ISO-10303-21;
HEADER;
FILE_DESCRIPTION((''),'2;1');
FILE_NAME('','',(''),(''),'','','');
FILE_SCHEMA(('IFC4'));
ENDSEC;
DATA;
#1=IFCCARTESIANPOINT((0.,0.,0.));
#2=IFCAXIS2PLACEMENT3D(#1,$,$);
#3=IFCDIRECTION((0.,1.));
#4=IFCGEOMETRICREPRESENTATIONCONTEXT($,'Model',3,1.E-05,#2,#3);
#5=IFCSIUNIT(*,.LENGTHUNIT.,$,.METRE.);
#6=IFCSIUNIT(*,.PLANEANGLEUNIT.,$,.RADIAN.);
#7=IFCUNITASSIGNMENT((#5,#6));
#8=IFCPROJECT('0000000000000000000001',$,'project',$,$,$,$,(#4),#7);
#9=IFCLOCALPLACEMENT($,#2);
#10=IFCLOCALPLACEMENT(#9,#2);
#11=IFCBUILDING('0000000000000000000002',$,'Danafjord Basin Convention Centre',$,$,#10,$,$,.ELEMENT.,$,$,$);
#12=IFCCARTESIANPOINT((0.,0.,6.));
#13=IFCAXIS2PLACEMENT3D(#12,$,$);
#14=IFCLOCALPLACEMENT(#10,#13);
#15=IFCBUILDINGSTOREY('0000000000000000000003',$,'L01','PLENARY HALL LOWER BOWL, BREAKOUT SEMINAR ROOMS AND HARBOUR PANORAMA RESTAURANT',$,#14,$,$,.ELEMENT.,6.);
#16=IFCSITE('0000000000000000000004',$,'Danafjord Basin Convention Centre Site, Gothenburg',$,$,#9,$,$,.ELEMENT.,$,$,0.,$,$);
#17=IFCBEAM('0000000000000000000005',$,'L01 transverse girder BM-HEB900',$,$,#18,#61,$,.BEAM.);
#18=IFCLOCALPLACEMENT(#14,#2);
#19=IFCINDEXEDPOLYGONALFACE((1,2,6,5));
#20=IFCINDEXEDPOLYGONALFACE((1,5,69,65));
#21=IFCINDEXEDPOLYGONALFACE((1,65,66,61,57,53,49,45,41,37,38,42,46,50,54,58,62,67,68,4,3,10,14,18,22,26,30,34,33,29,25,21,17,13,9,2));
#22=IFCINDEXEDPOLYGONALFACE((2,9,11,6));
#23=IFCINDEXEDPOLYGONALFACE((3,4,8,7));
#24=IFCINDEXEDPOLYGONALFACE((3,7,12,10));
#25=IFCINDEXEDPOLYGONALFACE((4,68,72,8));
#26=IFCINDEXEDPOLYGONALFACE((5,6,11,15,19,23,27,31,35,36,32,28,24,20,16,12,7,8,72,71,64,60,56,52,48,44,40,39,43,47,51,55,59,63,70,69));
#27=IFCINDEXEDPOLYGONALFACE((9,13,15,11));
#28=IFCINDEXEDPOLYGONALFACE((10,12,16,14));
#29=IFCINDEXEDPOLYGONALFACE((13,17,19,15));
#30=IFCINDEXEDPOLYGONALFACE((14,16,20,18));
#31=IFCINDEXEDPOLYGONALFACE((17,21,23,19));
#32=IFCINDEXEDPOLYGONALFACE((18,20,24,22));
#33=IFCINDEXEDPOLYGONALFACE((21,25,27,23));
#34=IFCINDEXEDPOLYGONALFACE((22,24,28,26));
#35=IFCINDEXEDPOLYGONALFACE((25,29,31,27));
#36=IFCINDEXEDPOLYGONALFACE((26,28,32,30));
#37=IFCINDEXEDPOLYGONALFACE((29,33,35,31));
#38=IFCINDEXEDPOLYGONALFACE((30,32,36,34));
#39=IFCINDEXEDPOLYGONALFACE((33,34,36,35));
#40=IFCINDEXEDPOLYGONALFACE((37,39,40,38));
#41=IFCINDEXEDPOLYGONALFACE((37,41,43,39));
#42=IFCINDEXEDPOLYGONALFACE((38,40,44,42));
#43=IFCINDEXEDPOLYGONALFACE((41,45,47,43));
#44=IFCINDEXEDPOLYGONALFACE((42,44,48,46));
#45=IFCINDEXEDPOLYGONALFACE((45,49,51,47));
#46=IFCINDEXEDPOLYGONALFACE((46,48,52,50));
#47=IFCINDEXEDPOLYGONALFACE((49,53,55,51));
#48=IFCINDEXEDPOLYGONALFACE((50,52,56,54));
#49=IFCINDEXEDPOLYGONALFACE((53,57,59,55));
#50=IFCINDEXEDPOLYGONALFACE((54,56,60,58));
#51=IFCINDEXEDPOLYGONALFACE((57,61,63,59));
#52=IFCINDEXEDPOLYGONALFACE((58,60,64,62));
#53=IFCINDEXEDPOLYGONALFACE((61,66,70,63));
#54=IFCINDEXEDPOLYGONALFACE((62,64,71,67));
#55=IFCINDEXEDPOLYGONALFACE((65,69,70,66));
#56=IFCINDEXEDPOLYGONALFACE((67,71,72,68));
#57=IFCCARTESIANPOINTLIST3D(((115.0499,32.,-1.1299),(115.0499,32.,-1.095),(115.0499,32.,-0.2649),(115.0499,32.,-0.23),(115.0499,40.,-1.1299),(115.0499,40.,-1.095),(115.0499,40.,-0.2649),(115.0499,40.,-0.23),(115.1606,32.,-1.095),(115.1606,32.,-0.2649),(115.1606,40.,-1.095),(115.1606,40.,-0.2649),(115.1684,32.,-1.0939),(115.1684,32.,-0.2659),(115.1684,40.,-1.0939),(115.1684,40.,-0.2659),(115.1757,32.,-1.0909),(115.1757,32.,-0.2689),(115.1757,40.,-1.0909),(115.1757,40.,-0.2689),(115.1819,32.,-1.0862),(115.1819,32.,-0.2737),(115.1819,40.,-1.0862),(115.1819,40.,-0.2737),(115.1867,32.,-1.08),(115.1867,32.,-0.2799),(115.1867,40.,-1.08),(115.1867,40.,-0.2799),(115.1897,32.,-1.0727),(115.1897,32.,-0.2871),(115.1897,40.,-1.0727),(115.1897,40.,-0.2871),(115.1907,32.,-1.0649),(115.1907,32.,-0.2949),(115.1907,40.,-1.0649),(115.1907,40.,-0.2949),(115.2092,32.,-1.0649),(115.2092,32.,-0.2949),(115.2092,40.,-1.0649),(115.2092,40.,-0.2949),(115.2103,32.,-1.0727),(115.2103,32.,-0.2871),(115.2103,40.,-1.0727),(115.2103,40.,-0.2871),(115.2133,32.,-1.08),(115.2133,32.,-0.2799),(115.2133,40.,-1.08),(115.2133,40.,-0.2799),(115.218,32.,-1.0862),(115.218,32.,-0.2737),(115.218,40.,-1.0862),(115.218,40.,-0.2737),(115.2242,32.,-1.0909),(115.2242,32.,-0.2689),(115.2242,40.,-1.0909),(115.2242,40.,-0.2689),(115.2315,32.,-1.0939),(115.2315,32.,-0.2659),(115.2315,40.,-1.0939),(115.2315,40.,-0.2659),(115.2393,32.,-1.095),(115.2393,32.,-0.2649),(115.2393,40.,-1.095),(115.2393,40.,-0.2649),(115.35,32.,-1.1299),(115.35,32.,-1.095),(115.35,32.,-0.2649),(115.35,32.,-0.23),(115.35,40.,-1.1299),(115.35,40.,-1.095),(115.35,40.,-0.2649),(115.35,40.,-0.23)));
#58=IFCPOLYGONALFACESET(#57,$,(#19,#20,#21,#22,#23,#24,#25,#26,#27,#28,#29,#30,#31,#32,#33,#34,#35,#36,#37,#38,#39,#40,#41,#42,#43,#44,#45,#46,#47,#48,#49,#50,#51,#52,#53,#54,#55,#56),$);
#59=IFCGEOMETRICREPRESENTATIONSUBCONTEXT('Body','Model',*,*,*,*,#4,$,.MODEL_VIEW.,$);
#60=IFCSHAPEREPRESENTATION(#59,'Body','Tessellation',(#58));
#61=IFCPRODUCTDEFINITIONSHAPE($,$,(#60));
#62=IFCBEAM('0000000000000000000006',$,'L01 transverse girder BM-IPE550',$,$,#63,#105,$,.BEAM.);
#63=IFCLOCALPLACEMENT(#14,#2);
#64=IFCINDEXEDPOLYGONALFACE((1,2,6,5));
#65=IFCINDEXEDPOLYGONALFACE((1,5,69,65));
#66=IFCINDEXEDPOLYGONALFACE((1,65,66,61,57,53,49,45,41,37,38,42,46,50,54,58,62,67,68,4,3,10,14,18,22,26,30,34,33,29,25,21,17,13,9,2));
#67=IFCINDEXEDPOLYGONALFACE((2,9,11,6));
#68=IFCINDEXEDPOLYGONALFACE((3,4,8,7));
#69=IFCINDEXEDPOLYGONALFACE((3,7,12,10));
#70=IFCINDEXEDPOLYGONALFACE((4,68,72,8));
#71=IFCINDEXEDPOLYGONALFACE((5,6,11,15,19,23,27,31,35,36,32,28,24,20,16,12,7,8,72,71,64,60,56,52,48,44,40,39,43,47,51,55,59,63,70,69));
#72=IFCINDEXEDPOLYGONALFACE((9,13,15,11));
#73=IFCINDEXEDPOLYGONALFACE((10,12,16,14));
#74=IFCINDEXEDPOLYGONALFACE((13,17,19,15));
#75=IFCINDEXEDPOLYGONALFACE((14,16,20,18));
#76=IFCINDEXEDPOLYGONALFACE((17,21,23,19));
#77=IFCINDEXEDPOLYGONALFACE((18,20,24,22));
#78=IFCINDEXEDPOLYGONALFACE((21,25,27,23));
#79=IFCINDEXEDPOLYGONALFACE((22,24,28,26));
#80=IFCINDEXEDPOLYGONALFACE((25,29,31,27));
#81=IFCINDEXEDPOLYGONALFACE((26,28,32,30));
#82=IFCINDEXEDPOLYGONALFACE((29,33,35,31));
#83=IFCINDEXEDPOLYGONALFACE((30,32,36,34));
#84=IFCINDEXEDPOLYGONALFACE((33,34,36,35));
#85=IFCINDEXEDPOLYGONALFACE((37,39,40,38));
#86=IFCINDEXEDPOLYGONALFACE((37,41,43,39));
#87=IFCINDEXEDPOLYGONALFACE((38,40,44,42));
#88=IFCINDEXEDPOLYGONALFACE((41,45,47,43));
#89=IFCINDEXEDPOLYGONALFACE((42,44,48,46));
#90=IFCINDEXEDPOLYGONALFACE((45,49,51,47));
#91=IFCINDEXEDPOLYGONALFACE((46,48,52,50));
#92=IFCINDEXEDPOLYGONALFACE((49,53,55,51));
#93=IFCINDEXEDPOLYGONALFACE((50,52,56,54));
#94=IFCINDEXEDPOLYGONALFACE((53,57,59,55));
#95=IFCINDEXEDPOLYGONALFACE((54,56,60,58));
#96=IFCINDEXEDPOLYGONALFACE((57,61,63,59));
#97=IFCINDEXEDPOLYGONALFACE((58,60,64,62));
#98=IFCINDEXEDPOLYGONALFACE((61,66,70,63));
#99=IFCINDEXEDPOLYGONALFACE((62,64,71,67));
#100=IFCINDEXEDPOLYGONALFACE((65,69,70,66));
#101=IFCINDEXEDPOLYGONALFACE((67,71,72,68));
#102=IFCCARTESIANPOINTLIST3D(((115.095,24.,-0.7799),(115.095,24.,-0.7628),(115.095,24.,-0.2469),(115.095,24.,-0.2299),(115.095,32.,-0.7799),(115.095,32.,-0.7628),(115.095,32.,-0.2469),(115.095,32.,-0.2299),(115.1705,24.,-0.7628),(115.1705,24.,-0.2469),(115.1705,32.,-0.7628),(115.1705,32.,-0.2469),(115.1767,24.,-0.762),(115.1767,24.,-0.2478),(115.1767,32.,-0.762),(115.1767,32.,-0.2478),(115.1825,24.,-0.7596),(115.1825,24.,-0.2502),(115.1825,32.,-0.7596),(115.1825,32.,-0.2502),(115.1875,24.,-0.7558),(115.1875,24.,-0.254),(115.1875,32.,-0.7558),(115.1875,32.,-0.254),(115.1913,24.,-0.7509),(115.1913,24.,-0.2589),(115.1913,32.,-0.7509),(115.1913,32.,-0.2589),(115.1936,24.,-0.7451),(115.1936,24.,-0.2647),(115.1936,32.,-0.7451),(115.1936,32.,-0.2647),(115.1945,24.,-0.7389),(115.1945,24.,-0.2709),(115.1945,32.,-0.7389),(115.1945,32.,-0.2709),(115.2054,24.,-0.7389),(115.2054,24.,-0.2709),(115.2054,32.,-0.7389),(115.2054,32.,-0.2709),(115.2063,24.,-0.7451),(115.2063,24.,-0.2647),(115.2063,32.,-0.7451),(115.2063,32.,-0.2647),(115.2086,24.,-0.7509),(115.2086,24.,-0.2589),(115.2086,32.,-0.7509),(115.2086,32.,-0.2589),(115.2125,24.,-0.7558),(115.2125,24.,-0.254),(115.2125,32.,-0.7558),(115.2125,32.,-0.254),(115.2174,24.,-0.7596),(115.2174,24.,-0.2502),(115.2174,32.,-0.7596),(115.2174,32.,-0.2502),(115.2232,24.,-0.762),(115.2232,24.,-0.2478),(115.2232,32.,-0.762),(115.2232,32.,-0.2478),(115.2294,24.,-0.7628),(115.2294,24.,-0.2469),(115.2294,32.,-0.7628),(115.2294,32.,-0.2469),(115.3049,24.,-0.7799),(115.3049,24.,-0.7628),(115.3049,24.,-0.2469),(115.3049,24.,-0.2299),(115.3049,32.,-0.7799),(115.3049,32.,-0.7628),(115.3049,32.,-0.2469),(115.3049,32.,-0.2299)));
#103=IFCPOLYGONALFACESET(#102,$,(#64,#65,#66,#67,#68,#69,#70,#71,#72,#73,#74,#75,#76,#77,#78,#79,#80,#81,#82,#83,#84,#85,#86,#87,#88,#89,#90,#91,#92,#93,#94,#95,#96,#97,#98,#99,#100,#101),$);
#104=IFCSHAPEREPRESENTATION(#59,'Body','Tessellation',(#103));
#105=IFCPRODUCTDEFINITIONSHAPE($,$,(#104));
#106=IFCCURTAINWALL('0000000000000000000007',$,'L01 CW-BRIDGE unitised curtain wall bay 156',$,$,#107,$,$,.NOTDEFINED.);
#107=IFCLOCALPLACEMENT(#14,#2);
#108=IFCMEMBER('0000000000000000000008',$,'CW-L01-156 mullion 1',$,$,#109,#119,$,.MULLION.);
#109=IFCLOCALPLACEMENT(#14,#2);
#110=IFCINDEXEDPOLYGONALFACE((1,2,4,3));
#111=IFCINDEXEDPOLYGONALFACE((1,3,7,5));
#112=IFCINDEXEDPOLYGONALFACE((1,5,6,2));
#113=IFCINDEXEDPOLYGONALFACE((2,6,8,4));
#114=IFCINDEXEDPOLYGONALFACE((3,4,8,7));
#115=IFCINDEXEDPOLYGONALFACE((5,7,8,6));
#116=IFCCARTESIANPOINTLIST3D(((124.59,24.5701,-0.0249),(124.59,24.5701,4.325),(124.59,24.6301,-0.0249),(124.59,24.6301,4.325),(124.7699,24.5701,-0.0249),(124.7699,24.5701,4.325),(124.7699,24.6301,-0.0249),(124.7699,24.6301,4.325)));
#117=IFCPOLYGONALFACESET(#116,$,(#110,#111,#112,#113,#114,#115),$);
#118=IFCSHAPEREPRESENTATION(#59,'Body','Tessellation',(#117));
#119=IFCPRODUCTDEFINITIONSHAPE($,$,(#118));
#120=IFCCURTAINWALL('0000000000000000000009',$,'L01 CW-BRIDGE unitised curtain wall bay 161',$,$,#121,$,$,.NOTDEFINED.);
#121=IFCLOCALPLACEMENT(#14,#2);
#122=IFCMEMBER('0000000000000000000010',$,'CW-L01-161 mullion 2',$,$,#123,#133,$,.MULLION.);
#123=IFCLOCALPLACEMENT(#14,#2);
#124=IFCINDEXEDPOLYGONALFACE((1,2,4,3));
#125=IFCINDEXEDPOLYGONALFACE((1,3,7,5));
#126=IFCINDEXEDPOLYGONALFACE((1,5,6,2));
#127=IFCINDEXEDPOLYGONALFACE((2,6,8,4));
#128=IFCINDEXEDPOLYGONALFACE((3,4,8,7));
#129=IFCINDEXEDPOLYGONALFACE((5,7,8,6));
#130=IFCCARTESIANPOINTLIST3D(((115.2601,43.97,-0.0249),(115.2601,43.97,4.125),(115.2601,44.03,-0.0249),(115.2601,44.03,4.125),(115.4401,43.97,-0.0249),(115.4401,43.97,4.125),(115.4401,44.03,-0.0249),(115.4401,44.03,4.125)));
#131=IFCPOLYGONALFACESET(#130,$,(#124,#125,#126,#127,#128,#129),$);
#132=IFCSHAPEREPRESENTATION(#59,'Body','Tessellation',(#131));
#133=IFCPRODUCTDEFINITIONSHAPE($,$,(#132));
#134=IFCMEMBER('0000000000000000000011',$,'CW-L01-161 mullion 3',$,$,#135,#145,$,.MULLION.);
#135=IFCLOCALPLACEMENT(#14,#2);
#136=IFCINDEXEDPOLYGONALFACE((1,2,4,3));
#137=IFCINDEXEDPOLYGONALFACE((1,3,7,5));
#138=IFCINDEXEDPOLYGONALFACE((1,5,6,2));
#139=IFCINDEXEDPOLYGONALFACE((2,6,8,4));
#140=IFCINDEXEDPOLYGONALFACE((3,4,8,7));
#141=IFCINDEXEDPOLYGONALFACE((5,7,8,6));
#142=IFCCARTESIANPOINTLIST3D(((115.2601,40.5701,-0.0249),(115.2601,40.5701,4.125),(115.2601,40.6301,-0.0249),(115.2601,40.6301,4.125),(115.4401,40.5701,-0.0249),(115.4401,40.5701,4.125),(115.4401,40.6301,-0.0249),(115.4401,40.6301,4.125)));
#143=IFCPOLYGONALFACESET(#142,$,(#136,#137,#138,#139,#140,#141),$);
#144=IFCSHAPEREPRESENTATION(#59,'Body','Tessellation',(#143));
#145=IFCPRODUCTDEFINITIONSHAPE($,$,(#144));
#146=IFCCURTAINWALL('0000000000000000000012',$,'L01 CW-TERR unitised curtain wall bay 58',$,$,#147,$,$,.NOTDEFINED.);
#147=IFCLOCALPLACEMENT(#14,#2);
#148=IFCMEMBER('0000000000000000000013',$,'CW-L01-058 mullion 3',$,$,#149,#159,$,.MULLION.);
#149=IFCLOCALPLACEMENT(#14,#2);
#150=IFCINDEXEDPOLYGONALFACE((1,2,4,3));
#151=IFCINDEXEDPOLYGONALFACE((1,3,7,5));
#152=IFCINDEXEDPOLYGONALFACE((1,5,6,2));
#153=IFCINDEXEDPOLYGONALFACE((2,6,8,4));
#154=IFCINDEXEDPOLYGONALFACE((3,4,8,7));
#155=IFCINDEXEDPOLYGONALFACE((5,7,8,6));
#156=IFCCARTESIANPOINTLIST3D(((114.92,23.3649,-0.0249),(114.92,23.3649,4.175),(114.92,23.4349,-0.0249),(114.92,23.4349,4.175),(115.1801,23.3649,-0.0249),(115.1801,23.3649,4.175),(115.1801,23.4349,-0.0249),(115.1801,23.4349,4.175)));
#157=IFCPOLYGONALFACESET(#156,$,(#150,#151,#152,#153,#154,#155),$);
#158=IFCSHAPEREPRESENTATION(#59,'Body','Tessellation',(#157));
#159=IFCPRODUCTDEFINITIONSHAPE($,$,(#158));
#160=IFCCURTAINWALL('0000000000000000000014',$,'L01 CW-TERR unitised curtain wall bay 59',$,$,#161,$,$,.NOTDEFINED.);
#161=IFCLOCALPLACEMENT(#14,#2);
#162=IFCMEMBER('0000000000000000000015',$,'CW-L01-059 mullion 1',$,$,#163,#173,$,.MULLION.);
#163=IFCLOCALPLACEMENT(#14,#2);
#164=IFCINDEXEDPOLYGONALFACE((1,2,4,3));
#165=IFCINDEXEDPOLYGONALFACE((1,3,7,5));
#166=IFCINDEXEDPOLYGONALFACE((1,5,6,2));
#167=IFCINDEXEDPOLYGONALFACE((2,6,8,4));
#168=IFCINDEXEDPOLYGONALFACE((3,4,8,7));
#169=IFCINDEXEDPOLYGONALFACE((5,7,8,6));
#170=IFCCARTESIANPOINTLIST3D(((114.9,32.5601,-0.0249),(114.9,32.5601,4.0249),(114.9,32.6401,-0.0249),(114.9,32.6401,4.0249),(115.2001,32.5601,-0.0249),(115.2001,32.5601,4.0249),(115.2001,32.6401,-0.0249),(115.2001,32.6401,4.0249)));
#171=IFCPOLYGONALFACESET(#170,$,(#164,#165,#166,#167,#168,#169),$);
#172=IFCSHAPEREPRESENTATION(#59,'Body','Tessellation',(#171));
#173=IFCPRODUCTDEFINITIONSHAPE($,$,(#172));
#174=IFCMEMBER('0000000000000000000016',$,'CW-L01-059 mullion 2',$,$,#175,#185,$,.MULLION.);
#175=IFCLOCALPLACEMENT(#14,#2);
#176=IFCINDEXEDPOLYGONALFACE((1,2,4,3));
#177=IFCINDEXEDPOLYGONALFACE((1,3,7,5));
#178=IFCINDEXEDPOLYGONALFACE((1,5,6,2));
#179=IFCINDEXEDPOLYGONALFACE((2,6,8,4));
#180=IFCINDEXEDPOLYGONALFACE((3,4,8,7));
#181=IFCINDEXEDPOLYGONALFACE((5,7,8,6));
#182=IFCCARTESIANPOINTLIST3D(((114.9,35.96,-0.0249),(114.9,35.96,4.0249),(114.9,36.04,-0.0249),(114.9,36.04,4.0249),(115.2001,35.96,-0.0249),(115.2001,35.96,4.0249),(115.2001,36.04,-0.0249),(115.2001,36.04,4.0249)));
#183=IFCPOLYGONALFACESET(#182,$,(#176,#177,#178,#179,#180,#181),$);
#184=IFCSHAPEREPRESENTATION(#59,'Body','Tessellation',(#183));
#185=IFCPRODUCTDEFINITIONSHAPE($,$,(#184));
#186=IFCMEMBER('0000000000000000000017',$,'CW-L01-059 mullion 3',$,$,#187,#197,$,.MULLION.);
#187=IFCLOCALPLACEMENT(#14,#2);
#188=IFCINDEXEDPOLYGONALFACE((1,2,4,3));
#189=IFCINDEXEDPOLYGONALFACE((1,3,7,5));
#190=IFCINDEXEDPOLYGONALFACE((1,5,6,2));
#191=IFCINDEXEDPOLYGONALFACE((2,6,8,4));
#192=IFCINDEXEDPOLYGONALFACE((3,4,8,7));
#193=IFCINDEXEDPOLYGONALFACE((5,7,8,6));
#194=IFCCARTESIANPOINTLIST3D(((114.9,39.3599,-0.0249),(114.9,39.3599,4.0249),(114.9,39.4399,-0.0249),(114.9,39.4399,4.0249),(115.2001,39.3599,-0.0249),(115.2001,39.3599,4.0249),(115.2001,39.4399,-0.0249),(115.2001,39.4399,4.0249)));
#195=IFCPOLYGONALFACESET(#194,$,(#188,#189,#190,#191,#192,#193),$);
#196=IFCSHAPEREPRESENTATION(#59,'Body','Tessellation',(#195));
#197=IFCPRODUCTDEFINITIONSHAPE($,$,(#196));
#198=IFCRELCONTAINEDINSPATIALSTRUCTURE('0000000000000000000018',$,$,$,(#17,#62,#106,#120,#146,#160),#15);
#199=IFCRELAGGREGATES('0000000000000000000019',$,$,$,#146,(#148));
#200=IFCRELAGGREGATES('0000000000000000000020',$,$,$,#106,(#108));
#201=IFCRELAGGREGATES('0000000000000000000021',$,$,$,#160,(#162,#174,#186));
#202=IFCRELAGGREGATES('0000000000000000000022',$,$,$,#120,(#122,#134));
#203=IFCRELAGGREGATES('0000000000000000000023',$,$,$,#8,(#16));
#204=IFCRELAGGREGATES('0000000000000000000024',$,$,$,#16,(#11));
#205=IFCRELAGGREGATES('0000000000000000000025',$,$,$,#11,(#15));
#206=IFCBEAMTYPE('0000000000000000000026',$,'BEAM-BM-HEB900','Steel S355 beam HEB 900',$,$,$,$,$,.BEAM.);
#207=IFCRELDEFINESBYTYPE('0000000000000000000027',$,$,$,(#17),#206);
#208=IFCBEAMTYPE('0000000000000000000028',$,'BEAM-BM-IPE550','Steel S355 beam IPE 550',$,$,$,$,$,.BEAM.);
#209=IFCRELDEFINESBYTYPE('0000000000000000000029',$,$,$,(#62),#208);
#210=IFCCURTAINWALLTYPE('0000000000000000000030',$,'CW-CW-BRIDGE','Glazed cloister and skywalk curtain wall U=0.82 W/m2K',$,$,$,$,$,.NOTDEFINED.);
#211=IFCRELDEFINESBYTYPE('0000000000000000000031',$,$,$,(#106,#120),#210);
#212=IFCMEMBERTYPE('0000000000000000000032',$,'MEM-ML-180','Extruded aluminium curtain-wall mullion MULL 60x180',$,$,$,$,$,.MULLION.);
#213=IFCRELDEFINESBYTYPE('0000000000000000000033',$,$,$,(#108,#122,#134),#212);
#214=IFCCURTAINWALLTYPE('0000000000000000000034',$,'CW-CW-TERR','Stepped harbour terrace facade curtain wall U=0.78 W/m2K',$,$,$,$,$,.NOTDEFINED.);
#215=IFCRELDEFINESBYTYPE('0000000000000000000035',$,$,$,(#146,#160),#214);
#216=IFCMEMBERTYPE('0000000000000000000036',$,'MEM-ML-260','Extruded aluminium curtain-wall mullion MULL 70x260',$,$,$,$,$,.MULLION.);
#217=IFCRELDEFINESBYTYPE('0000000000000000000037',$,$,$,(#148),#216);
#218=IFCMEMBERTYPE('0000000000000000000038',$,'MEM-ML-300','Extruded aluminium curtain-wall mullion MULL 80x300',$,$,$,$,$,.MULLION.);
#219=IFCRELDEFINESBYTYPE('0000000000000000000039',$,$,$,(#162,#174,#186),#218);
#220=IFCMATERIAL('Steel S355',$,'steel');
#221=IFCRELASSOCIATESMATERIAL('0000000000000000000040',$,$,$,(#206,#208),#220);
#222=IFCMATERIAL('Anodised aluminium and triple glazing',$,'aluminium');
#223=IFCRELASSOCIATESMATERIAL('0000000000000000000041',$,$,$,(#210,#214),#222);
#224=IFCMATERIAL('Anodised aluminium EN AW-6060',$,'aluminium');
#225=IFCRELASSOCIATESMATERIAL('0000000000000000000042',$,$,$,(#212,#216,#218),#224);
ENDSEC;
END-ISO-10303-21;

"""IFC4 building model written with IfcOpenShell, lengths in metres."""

from ifc_helpers import new_model, si_unit, direction, frame, origin, origin_2d, place, context, subcontext, project, spatial, rectangle, i_section, extrude, material, material_profile, profile_set, type_object, element, aggregate, save


model = new_model("IFC4")

# Units and contexts
model_context = context("Model", 3, precision=1e-05, world=origin(), true_north=direction((0.0, 1.0)))
body_context = subcontext(model_context, "Body", "Model", "MODEL_VIEW")
ifc_project = project(units=[si_unit("LENGTHUNIT", "METRE"), si_unit("PLANEANGLEUNIT", "RADIAN")], contexts=[model_context])

# Site, building, storey
site_placement = place(None, origin())
site = spatial("IfcSite", under=ifc_project, at=site_placement, Name="Danafjord Basin Convention Centre Site, Gothenburg", CompositionType="ELEMENT", RefElevation=0.0)
building_placement = place(site_placement, origin())
building = spatial("IfcBuilding", under=site, at=building_placement, Name="Danafjord Basin Convention Centre", CompositionType="ELEMENT")
storey_placement = place(building_placement, frame((0.0, 0.0, 6.0)))
storey = spatial("IfcBuildingStorey", under=building, at=storey_placement, Name="L01", Description="PLENARY HALL LOWER BOWL, BREAKOUT SEMINAR ROOMS AND HARBOUR PANORAMA RESTAURANT", CompositionType="ELEMENT", Elevation=6.0)

# Shared definitions
ifc_material_1 = material(Name="Steel S355", Category="steel")

# Beams
ifc_material_profile_1 = material_profile(ifc_material_1, i_section(OverallWidth=0.3, OverallDepth=0.8999, WebThickness=0.0186, FlangeThickness=0.0349, FilletRadius=0.03, at=origin_2d()), Name="HEB 900")
ifc_profile_set_1 = profile_set([ifc_material_profile_1], Name="Steel S355")
beam_type_1 = type_object("IfcBeamType", Name="BEAM-BM-HEB900", Description="Steel S355 beam HEB 900", PredefinedType="BEAM", material=ifc_profile_set_1)
beam_1_placement = place(storey_placement, frame((115.2, 32.0, -0.6799), z_axis=(0.0, 1.0, 0.0), x_axis=(-1.0, 0.0, 0.0)))
element("IfcBeam", 1, at=beam_1_placement, inside=storey, type_object=beam_type_1, Name="L01 transverse girder BM-HEB900", PredefinedType="BEAM", context=body_context, shape_type="SweptSolid", body=[
    extrude(i_section(OverallWidth=0.3, OverallDepth=0.8999, WebThickness=0.0186, FlangeThickness=0.0349, FilletRadius=0.03, at=origin_2d()), origin(), (0.0, 0.0, 1.0), 8.0),
])
ifc_material_profile_2 = material_profile(ifc_material_1, i_section(OverallWidth=0.21, OverallDepth=0.55, WebThickness=0.011, FlangeThickness=0.0171, FilletRadius=0.0239, at=origin_2d()), Name="IPE 550")
ifc_profile_set_2 = profile_set([ifc_material_profile_2], Name="Steel S355")
beam_type_2 = type_object("IfcBeamType", Name="BEAM-BM-IPE550", Description="Steel S355 beam IPE 550", PredefinedType="BEAM", material=ifc_profile_set_2)
beam_2_placement = place(storey_placement, frame((115.2, 24.0, -0.5049), z_axis=(0.0, 1.0, 0.0), x_axis=(-1.0, 0.0, 0.0)))
element("IfcBeam", 2, at=beam_2_placement, inside=storey, type_object=beam_type_2, Name="L01 transverse girder BM-IPE550", PredefinedType="BEAM", context=body_context, shape_type="SweptSolid", body=[
    extrude(i_section(OverallWidth=0.21, OverallDepth=0.55, WebThickness=0.011, FlangeThickness=0.0171, FilletRadius=0.0239, at=origin_2d()), origin(), (0.0, 0.0, 1.0), 8.0),
])

# Curtain wall, member
ifc_material_2 = material(Name="Anodised aluminium and triple glazing", Category="aluminium")
curtain_wall_type_1 = type_object("IfcCurtainWallType", Name="CW-CW-BRIDGE", Description="Glazed cloister and skywalk curtain wall U=0.82 W/m2K", PredefinedType="NOTDEFINED", material=ifc_material_2)
curtain_wall_1_placement = place(storey_placement, origin())
curtain_wall_1 = element("IfcCurtainWall", 3, at=curtain_wall_1_placement, inside=storey, type_object=curtain_wall_type_1, Name="L01 CW-BRIDGE unitised curtain wall bay 156", PredefinedType="NOTDEFINED")
ifc_material_3 = material(Name="Anodised aluminium EN AW-6060", Category="aluminium")
ifc_material_profile_3 = material_profile(ifc_material_3, rectangle(XDim=0.0601, YDim=0.1799, at=origin_2d()), Name="MULL 60x180")
ifc_profile_set_3 = profile_set([ifc_material_profile_3], Name="Anodised aluminium EN AW-6060")
member_type_1 = type_object("IfcMemberType", Name="MEM-ML-180", Description="Extruded aluminium curtain-wall mullion MULL 60x180", PredefinedType="MULLION", material=ifc_profile_set_3)
member_1_placement = place(storey_placement, frame((124.6799, 24.6001, -0.0249), z_axis=(0.0, 0.0, 1.0), x_axis=(0.0, 1.0, 0.0)))
member_1 = element("IfcMember", 4, at=member_1_placement, type_object=member_type_1, Name="CW-L01-156 mullion 1", PredefinedType="MULLION", context=body_context, shape_type="SweptSolid", body=[
    extrude(rectangle(XDim=0.0601, YDim=0.1799, at=origin_2d()), origin(), (0.0, 0.0, 1.0), 4.3499),
])

# Curtain wall, members
curtain_wall_2_placement = place(storey_placement, origin())
curtain_wall_2 = element("IfcCurtainWall", 5, at=curtain_wall_2_placement, inside=storey, type_object=curtain_wall_type_1, Name="L01 CW-BRIDGE unitised curtain wall bay 161", PredefinedType="NOTDEFINED")
member_2_placement = place(storey_placement, frame((115.3501, 44.0, -0.0249), z_axis=(0.0, 0.0, 1.0), x_axis=(0.0, -1.0, 0.0)))
member_2 = element("IfcMember", 6, at=member_2_placement, type_object=member_type_1, Name="CW-L01-161 mullion 2", PredefinedType="MULLION", context=body_context, shape_type="SweptSolid", body=[
    extrude(rectangle(XDim=0.0601, YDim=0.1799, at=origin_2d()), origin(), (0.0, 0.0, 1.0), 4.1499),
])
member_3_placement = place(storey_placement, frame((115.3501, 40.6001, -0.0249), z_axis=(0.0, 0.0, 1.0), x_axis=(0.0, -1.0, 0.0)))
member_3 = element("IfcMember", 7, at=member_3_placement, type_object=member_type_1, Name="CW-L01-161 mullion 3", PredefinedType="MULLION", context=body_context, shape_type="SweptSolid", body=[
    extrude(rectangle(XDim=0.0601, YDim=0.1799, at=origin_2d()), origin(), (0.0, 0.0, 1.0), 4.1499),
])

# Curtain wall, member
curtain_wall_type_2 = type_object("IfcCurtainWallType", Name="CW-CW-TERR", Description="Stepped harbour terrace facade curtain wall U=0.78 W/m2K", PredefinedType="NOTDEFINED", material=ifc_material_2)
curtain_wall_3_placement = place(storey_placement, origin())
curtain_wall_3 = element("IfcCurtainWall", 8, at=curtain_wall_3_placement, inside=storey, type_object=curtain_wall_type_2, Name="L01 CW-TERR unitised curtain wall bay 58", PredefinedType="NOTDEFINED")
ifc_material_profile_4 = material_profile(ifc_material_3, rectangle(XDim=0.0701, YDim=0.26, at=origin_2d()), Name="MULL 70x260")
ifc_profile_set_4 = profile_set([ifc_material_profile_4], Name="Anodised aluminium EN AW-6060")
member_type_2 = type_object("IfcMemberType", Name="MEM-ML-260", Description="Extruded aluminium curtain-wall mullion MULL 70x260", PredefinedType="MULLION", material=ifc_profile_set_4)
member_4_placement = place(storey_placement, frame((115.05, 23.3999, -0.0249), z_axis=(0.0, 0.0, 1.0), x_axis=(0.0, 1.0, 0.0)))
member_4 = element("IfcMember", 9, at=member_4_placement, type_object=member_type_2, Name="CW-L01-058 mullion 3", PredefinedType="MULLION", context=body_context, shape_type="SweptSolid", body=[
    extrude(rectangle(XDim=0.0701, YDim=0.26, at=origin_2d()), origin(), (0.0, 0.0, 1.0), 4.2),
])
aggregate(curtain_wall_3, [member_4])

# Curtain wall, members
curtain_wall_4_placement = place(storey_placement, origin())
curtain_wall_4 = element("IfcCurtainWall", 10, at=curtain_wall_4_placement, inside=storey, type_object=curtain_wall_type_2, Name="L01 CW-TERR unitised curtain wall bay 59", PredefinedType="NOTDEFINED")
ifc_material_profile_5 = material_profile(ifc_material_3, rectangle(XDim=0.0801, YDim=0.3, at=origin_2d()), Name="MULL 80x300")
ifc_profile_set_5 = profile_set([ifc_material_profile_5], Name="Anodised aluminium EN AW-6060")
member_type_3 = type_object("IfcMemberType", Name="MEM-ML-300", Description="Extruded aluminium curtain-wall mullion MULL 80x300", PredefinedType="MULLION", material=ifc_profile_set_5)
member_5_placement = place(storey_placement, frame((115.05, 32.6001, -0.0249), z_axis=(0.0, 0.0, 1.0), x_axis=(0.0, 1.0, 0.0)))
member_5 = element("IfcMember", 11, at=member_5_placement, type_object=member_type_3, Name="CW-L01-059 mullion 1", PredefinedType="MULLION", context=body_context, shape_type="SweptSolid", body=[
    extrude(rectangle(XDim=0.0801, YDim=0.3, at=origin_2d()), origin(), (0.0, 0.0, 1.0), 4.0498),
])
member_6_placement = place(storey_placement, frame((115.05, 36.0, -0.0249), z_axis=(0.0, 0.0, 1.0), x_axis=(0.0, 1.0, 0.0)))
member_6 = element("IfcMember", 12, at=member_6_placement, type_object=member_type_3, Name="CW-L01-059 mullion 2", PredefinedType="MULLION", context=body_context, shape_type="SweptSolid", body=[
    extrude(rectangle(XDim=0.0801, YDim=0.3, at=origin_2d()), origin(), (0.0, 0.0, 1.0), 4.0498),
])
member_7_placement = place(storey_placement, frame((115.05, 39.3999, -0.0249), z_axis=(0.0, 0.0, 1.0), x_axis=(0.0, 1.0, 0.0)))
member_7 = element("IfcMember", 13, at=member_7_placement, type_object=member_type_3, Name="CW-L01-059 mullion 3", PredefinedType="MULLION", context=body_context, shape_type="SweptSolid", body=[
    extrude(rectangle(XDim=0.0801, YDim=0.3, at=origin_2d()), origin(), (0.0, 0.0, 1.0), 4.0498),
])

aggregate(curtain_wall_1, [member_1])

aggregate(curtain_wall_4, [member_5, member_6, member_7])
aggregate(curtain_wall_2, [member_2, member_3])

save(model, "model.ifc")
